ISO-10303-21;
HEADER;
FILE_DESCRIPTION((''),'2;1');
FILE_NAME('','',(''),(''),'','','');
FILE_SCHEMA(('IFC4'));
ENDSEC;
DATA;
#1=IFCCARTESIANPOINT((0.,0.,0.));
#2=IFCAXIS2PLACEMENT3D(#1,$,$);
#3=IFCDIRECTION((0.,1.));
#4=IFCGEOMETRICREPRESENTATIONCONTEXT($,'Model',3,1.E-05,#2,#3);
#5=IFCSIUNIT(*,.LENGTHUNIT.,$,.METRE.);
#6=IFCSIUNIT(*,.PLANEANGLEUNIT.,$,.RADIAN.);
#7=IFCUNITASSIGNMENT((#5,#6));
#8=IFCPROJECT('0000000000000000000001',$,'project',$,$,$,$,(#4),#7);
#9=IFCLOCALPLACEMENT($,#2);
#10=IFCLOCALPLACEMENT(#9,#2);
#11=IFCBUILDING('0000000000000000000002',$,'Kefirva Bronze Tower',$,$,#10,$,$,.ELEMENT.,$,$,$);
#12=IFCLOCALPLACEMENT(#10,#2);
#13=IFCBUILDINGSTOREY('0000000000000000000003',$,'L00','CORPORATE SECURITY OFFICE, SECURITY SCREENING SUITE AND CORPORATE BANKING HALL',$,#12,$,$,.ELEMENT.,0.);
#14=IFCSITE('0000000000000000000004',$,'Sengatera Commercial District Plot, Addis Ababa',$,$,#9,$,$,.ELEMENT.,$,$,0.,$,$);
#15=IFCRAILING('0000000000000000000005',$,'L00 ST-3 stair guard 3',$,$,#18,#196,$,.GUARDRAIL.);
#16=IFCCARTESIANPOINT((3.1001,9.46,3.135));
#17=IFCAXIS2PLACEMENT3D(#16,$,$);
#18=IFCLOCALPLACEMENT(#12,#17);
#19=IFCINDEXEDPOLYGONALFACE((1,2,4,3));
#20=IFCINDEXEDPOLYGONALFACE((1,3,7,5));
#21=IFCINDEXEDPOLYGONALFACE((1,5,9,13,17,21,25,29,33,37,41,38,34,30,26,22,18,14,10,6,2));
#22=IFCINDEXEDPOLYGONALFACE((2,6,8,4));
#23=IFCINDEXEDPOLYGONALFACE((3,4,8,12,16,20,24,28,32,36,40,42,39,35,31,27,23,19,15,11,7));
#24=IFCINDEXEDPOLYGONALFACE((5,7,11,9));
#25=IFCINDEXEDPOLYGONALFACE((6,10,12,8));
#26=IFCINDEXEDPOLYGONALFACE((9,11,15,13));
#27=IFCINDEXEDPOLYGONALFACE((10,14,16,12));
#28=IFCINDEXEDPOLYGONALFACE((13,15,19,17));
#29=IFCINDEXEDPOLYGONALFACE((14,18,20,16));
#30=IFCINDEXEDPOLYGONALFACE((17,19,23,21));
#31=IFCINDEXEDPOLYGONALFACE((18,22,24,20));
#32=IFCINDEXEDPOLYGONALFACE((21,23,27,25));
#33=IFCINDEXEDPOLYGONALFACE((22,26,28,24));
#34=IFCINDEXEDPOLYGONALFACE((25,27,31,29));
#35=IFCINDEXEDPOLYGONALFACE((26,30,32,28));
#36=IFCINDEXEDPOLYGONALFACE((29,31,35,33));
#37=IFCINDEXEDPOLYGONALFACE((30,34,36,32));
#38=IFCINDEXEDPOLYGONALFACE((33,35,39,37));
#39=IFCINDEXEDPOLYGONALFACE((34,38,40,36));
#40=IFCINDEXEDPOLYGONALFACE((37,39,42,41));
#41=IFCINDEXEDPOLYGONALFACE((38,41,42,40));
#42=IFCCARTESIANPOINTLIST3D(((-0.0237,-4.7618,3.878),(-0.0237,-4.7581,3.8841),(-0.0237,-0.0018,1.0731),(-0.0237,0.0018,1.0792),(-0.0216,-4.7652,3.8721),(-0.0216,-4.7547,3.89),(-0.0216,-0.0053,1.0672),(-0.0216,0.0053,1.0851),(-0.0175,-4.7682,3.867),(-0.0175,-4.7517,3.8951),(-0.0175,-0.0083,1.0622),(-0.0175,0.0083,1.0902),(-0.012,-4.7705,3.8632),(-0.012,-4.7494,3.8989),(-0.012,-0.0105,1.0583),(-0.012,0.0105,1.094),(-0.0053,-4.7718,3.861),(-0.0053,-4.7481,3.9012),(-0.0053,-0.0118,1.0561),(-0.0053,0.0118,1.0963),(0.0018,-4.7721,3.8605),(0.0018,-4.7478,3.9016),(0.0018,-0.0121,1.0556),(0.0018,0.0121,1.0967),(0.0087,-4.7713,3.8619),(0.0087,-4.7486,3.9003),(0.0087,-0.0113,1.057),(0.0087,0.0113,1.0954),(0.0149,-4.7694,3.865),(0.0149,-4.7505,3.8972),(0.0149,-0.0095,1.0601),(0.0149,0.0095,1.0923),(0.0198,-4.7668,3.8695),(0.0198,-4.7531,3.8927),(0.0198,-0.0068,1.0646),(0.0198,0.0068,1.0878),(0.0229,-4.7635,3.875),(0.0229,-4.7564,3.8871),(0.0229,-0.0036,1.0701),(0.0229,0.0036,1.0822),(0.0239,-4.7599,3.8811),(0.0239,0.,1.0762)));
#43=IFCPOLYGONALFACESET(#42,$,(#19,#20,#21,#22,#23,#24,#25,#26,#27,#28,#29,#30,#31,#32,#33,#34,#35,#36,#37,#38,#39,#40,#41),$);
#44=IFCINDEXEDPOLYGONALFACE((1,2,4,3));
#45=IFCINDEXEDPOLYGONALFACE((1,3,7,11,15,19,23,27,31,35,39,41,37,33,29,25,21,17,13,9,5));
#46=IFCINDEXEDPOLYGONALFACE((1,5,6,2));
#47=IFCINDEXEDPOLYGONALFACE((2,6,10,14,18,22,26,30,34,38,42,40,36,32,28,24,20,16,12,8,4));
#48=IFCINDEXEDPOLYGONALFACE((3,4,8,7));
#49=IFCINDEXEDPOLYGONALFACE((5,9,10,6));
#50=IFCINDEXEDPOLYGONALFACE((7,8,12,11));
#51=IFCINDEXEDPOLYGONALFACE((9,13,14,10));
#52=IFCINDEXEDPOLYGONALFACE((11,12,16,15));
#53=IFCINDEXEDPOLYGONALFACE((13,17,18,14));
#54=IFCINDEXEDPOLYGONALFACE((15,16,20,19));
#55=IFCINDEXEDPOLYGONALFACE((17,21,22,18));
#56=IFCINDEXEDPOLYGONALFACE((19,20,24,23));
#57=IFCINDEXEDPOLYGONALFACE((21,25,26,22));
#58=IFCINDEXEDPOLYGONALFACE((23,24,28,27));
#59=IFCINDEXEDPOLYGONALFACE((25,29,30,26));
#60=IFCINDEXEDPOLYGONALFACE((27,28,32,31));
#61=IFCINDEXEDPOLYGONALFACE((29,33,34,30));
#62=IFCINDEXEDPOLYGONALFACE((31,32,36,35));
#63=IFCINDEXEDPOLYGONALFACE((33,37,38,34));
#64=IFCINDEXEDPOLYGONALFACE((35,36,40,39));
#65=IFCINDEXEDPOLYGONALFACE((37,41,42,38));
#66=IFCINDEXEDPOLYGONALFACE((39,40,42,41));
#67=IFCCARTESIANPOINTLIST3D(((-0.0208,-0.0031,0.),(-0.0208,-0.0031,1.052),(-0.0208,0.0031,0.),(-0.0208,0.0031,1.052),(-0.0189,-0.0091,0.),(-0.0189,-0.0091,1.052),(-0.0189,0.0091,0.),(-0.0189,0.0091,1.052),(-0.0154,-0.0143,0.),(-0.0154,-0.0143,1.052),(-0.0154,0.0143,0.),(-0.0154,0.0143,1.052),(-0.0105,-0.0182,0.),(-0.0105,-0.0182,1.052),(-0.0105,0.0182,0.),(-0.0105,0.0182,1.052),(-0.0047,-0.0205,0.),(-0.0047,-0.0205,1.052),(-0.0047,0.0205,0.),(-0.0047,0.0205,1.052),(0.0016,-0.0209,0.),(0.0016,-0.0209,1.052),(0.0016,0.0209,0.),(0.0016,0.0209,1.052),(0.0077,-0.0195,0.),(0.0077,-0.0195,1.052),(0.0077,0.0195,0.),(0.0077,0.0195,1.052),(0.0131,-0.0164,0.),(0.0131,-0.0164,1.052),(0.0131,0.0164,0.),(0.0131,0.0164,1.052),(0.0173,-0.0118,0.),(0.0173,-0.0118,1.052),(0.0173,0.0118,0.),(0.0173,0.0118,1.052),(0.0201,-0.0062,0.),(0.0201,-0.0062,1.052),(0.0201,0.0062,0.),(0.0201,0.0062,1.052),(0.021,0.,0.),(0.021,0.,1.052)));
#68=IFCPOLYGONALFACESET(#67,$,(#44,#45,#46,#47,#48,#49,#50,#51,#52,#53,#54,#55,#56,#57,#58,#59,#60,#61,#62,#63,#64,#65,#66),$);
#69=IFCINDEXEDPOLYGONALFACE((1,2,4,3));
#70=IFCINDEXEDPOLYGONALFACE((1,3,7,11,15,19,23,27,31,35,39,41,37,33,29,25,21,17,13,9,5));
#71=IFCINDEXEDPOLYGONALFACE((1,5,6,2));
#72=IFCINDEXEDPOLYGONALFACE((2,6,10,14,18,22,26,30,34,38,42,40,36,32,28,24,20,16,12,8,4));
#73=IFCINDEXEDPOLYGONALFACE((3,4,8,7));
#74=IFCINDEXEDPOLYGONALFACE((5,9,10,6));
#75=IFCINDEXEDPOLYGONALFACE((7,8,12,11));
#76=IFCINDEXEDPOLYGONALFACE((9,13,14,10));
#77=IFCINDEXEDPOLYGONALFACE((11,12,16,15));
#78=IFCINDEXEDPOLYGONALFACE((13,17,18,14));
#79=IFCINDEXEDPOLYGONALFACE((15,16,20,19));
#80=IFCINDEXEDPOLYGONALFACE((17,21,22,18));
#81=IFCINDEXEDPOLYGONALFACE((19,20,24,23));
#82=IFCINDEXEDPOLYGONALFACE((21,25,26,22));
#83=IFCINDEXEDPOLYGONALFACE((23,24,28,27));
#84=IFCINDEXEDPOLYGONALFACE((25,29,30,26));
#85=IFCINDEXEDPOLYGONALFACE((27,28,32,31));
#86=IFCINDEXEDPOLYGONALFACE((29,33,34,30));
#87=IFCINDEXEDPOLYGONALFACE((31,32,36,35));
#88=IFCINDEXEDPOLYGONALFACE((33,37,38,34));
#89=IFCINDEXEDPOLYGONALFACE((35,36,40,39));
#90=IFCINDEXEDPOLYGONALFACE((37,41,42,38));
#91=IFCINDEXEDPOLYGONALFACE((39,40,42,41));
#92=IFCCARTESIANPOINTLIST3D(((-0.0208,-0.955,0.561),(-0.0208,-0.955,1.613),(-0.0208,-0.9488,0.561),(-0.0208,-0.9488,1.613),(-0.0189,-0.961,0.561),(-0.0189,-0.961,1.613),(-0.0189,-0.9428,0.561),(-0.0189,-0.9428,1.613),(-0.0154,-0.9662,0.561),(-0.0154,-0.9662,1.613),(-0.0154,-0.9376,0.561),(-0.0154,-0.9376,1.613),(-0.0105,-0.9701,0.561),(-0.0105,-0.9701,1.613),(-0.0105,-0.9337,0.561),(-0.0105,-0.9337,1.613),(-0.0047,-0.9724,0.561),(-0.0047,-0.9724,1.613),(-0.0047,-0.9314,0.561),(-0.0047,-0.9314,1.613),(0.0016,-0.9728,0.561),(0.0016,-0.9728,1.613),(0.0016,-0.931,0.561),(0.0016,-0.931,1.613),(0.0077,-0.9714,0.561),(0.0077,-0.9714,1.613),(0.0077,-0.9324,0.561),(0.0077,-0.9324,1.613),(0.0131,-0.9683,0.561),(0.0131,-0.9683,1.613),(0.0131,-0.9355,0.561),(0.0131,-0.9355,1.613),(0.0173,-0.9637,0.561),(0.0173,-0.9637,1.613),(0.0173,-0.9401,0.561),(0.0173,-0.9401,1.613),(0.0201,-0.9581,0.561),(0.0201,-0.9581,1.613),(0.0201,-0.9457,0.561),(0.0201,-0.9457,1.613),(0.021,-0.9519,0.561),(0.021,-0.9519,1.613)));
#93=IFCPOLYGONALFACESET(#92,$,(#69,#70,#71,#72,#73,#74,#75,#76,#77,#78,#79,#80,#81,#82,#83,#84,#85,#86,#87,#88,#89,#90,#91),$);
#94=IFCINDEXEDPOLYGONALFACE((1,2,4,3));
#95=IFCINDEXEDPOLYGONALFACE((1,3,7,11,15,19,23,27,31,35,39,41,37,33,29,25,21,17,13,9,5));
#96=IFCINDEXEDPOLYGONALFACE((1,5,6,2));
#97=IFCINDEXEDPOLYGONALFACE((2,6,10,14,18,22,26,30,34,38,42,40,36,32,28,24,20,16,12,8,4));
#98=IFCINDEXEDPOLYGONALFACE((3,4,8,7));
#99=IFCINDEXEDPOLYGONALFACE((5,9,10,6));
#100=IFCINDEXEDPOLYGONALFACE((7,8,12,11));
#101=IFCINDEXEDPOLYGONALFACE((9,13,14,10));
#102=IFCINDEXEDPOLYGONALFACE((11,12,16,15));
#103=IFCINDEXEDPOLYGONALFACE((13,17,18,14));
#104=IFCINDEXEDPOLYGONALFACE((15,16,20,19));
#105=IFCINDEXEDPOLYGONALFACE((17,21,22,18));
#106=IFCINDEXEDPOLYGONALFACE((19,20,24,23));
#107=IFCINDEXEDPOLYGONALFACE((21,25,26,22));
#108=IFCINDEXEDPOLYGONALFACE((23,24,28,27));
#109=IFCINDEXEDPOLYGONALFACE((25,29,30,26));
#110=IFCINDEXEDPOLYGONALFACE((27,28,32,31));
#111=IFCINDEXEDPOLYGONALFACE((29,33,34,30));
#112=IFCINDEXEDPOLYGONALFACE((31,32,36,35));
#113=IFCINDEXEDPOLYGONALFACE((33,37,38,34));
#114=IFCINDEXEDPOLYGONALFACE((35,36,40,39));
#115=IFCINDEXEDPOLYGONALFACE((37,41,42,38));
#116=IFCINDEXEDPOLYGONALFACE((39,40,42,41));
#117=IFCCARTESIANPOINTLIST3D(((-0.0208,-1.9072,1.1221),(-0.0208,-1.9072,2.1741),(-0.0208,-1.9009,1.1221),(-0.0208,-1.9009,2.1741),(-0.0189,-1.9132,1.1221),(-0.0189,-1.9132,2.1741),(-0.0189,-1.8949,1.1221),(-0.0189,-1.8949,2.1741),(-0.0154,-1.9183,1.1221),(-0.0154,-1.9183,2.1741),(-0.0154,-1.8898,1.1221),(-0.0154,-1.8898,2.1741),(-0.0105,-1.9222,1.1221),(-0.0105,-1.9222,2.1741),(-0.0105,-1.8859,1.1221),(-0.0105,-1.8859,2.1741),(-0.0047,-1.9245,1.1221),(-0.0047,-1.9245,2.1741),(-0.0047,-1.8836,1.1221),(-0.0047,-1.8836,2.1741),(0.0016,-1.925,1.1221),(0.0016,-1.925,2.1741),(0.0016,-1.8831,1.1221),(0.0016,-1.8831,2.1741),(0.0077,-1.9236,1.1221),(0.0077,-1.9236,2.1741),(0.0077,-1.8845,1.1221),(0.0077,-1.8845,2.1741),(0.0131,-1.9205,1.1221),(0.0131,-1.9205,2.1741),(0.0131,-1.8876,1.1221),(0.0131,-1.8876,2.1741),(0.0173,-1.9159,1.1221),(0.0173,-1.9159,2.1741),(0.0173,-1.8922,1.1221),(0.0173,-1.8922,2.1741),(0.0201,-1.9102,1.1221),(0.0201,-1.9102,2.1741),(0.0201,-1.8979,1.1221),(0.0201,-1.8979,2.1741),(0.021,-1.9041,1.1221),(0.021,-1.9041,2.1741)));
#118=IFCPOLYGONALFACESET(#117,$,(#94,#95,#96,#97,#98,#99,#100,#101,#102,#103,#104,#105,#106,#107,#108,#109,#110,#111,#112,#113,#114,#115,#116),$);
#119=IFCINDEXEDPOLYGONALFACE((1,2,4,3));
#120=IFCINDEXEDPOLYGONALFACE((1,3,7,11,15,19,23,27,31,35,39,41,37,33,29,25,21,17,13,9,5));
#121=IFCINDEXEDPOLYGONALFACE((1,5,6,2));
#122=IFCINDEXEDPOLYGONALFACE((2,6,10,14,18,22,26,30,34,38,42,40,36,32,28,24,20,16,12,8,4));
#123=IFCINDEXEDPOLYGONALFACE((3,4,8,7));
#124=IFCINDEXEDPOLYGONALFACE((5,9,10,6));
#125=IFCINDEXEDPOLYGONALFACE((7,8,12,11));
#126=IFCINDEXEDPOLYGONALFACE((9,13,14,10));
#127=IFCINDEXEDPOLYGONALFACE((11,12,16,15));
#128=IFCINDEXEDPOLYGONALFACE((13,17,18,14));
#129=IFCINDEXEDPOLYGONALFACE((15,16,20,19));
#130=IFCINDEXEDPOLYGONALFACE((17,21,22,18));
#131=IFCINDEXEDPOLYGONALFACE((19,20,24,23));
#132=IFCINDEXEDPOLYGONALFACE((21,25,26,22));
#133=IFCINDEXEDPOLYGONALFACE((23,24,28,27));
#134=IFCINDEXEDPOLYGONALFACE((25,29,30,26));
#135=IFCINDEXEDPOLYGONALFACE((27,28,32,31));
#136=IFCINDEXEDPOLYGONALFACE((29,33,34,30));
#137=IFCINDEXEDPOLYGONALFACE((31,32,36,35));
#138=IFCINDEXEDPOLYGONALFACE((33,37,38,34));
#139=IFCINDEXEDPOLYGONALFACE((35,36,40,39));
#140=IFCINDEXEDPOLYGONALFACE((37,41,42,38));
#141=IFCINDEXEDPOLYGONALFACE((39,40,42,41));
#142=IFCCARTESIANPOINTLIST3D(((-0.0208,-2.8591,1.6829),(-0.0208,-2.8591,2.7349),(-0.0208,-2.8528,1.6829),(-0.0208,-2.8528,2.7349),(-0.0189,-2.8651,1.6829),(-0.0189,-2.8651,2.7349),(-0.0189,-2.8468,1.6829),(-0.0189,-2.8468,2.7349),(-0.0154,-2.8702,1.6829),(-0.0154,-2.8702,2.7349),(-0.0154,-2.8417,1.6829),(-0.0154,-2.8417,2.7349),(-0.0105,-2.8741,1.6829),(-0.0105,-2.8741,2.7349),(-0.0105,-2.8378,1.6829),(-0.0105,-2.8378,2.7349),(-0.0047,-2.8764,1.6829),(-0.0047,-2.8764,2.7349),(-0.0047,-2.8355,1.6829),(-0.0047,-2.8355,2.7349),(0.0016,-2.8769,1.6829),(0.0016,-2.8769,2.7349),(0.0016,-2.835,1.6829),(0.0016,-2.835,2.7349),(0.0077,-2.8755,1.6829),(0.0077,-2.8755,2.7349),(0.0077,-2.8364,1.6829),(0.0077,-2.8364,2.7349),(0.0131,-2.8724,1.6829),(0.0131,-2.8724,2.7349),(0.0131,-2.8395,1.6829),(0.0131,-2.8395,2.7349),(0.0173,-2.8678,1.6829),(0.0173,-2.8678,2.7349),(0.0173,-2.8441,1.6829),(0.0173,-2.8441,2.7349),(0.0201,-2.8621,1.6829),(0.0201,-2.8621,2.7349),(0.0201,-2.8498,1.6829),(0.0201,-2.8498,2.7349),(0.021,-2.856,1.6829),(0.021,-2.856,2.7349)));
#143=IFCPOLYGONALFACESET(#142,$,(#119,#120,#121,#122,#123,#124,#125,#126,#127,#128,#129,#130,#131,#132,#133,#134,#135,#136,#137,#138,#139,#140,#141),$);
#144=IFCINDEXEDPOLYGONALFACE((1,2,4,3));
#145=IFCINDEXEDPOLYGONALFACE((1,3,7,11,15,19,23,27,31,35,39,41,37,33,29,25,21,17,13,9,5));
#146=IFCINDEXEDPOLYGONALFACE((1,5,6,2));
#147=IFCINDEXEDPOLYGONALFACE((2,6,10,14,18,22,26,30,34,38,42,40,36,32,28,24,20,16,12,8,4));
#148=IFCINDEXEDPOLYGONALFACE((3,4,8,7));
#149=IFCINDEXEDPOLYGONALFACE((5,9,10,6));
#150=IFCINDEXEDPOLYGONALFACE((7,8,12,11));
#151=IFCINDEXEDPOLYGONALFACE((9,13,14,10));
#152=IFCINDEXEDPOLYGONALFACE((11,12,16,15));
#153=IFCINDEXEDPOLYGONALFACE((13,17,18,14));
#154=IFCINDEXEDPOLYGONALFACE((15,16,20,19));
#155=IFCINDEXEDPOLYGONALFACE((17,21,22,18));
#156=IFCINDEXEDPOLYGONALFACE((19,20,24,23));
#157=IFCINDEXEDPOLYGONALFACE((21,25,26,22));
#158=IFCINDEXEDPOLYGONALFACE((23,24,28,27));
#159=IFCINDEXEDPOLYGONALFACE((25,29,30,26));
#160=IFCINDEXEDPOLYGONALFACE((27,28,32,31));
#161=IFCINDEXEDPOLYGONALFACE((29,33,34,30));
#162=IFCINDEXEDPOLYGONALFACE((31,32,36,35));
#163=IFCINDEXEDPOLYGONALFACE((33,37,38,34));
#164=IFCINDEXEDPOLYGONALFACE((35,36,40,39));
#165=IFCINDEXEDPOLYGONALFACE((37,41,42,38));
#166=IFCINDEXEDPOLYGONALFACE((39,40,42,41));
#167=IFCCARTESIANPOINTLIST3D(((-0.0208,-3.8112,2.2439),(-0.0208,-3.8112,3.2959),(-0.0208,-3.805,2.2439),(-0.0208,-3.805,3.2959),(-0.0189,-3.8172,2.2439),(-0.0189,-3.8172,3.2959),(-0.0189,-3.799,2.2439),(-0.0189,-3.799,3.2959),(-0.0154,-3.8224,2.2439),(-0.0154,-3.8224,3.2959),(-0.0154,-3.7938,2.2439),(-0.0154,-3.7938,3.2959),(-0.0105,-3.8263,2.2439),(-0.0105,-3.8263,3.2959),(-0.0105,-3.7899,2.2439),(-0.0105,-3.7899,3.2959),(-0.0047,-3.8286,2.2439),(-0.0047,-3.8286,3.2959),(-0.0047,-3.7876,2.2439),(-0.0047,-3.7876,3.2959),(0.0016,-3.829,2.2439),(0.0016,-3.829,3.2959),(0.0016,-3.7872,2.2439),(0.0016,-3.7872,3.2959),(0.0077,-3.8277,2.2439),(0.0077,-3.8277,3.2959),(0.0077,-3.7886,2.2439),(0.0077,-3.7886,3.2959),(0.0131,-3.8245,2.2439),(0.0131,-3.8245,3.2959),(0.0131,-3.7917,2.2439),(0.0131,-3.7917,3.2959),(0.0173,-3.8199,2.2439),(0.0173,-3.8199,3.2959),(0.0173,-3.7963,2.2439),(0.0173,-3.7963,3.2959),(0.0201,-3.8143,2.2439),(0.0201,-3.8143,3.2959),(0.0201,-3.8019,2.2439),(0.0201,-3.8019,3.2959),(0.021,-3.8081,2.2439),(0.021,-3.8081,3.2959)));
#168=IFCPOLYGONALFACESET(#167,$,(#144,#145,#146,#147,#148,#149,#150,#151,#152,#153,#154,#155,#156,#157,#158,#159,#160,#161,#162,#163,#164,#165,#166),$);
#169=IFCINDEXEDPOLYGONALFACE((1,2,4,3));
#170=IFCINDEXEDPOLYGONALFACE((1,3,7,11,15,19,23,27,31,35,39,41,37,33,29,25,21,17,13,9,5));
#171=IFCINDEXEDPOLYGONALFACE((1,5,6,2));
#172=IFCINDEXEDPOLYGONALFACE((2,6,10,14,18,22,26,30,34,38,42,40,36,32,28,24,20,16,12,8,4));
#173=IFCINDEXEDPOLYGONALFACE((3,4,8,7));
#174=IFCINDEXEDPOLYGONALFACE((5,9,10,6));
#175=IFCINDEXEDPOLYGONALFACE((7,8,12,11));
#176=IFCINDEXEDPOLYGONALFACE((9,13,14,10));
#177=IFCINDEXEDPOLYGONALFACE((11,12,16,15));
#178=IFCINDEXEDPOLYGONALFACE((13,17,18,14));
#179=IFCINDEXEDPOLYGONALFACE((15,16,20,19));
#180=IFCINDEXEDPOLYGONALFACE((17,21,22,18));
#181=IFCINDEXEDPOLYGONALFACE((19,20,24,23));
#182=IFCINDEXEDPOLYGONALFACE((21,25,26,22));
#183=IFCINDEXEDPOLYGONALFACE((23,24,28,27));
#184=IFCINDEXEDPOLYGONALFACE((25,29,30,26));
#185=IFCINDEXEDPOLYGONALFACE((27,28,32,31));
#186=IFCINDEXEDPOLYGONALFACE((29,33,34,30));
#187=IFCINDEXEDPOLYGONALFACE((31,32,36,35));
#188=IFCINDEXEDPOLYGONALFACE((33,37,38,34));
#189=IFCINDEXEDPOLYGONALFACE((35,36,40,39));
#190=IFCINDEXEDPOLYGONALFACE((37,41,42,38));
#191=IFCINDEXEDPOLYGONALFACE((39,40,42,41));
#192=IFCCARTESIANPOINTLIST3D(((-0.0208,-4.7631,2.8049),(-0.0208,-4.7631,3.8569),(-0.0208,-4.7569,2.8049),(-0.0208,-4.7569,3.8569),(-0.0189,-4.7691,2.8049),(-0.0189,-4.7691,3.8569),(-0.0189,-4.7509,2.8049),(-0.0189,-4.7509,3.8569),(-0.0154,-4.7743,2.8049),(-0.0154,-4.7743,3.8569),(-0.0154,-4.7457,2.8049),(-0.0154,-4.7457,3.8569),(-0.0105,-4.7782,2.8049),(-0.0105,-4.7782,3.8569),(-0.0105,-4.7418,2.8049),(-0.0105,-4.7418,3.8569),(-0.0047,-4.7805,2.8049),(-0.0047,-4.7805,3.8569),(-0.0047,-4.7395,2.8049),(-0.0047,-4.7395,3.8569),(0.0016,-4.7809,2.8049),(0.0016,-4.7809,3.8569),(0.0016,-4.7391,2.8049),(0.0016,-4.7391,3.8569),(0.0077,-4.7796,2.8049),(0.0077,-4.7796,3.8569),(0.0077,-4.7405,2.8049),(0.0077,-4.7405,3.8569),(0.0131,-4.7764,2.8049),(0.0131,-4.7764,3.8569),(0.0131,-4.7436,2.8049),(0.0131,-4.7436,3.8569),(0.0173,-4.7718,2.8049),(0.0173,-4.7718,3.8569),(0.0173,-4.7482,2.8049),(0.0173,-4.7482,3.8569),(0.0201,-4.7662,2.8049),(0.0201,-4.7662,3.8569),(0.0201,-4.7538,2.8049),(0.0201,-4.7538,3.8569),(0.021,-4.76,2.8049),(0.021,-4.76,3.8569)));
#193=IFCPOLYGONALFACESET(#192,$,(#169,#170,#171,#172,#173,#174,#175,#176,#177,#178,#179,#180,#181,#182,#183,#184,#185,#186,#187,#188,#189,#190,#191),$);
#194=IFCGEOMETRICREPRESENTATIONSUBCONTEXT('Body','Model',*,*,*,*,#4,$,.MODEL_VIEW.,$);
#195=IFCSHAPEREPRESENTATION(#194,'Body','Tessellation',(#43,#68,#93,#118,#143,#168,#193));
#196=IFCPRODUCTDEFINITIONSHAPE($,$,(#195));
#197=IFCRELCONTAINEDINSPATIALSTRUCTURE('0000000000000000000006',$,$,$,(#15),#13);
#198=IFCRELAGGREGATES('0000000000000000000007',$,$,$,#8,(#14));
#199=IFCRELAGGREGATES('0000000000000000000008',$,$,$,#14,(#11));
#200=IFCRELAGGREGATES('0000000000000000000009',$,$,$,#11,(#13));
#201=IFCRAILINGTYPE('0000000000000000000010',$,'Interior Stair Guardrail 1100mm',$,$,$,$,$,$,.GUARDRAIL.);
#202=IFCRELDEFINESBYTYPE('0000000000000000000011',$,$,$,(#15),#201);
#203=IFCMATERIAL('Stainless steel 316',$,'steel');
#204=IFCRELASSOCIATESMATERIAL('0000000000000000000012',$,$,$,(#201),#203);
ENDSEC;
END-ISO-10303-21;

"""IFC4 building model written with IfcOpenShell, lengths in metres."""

from ifc_helpers import new_model, si_unit, direction, frame, origin, origin_2d, place, context, subcontext, project, spatial, circle, extrude, material, type_object, element, save


model = new_model("IFC4")

# Units and contexts
model_context = context("Model", 3, precision=1e-05, world=origin(), true_north=direction((0.0, 1.0)))
body_context = subcontext(model_context, "Body", "Model", "MODEL_VIEW")
ifc_project = project(units=[si_unit("LENGTHUNIT", "METRE"), si_unit("PLANEANGLEUNIT", "RADIAN")], contexts=[model_context])

# Site, building, storey
site_placement = place(None, origin())
site = spatial("IfcSite", under=ifc_project, at=site_placement, Name="Sengatera Commercial District Plot, Addis Ababa", CompositionType="ELEMENT", RefElevation=0.0)
building_placement = place(site_placement, origin())
building = spatial("IfcBuilding", under=site, at=building_placement, Name="Kefirva Bronze Tower", CompositionType="ELEMENT")
storey_placement = place(building_placement, origin())
storey = spatial("IfcBuildingStorey", under=building, at=storey_placement, Name="L00", Description="CORPORATE SECURITY OFFICE, SECURITY SCREENING SUITE AND CORPORATE BANKING HALL", CompositionType="ELEMENT", Elevation=0.0)

# Railing
ifc_material_1 = material(Name="Stainless steel 316", Category="steel")
railing_type_1 = type_object("IfcRailingType", Name="Interior Stair Guardrail 1100mm", PredefinedType="GUARDRAIL", material=ifc_material_1)
railing_1_placement = place(storey_placement, frame((3.1001, 9.46, 3.135)))
element("IfcRailing", 1, at=railing_1_placement, inside=storey, type_object=railing_type_1, Name="L00 ST-3 stair guard 3", PredefinedType="GUARDRAIL", context=body_context, shape_type="SweptSolid", body=[
    extrude(circle(Radius=0.0239, at=origin_2d()), frame((0.0, 0.0, 1.0762), z_axis=(0.0, -0.861544, 0.507682), x_axis=(1.0, 0.0, 0.0)), (0.0, 0.0, 1.0), 5.5249),
    extrude(circle(Radius=0.021, at=origin_2d()), origin(), (0.0, 0.0, 1.0), 1.052),
    extrude(circle(Radius=0.021, at=origin_2d()), frame((0.0, -0.9519, 0.561)), (0.0, 0.0, 1.0), 1.052),
    extrude(circle(Radius=0.021, at=origin_2d()), frame((0.0, -1.9041, 1.1221)), (0.0, 0.0, 1.0), 1.052),
    extrude(circle(Radius=0.021, at=origin_2d()), frame((0.0, -2.856, 1.6829)), (0.0, 0.0, 1.0), 1.052),
    extrude(circle(Radius=0.021, at=origin_2d()), frame((0.0, -3.8081, 2.2439)), (0.0, 0.0, 1.0), 1.052),
    extrude(circle(Radius=0.021, at=origin_2d()), frame((0.0, -4.76, 2.8049)), (0.0, 0.0, 1.0), 1.052),
])

save(model, "model.ifc")
